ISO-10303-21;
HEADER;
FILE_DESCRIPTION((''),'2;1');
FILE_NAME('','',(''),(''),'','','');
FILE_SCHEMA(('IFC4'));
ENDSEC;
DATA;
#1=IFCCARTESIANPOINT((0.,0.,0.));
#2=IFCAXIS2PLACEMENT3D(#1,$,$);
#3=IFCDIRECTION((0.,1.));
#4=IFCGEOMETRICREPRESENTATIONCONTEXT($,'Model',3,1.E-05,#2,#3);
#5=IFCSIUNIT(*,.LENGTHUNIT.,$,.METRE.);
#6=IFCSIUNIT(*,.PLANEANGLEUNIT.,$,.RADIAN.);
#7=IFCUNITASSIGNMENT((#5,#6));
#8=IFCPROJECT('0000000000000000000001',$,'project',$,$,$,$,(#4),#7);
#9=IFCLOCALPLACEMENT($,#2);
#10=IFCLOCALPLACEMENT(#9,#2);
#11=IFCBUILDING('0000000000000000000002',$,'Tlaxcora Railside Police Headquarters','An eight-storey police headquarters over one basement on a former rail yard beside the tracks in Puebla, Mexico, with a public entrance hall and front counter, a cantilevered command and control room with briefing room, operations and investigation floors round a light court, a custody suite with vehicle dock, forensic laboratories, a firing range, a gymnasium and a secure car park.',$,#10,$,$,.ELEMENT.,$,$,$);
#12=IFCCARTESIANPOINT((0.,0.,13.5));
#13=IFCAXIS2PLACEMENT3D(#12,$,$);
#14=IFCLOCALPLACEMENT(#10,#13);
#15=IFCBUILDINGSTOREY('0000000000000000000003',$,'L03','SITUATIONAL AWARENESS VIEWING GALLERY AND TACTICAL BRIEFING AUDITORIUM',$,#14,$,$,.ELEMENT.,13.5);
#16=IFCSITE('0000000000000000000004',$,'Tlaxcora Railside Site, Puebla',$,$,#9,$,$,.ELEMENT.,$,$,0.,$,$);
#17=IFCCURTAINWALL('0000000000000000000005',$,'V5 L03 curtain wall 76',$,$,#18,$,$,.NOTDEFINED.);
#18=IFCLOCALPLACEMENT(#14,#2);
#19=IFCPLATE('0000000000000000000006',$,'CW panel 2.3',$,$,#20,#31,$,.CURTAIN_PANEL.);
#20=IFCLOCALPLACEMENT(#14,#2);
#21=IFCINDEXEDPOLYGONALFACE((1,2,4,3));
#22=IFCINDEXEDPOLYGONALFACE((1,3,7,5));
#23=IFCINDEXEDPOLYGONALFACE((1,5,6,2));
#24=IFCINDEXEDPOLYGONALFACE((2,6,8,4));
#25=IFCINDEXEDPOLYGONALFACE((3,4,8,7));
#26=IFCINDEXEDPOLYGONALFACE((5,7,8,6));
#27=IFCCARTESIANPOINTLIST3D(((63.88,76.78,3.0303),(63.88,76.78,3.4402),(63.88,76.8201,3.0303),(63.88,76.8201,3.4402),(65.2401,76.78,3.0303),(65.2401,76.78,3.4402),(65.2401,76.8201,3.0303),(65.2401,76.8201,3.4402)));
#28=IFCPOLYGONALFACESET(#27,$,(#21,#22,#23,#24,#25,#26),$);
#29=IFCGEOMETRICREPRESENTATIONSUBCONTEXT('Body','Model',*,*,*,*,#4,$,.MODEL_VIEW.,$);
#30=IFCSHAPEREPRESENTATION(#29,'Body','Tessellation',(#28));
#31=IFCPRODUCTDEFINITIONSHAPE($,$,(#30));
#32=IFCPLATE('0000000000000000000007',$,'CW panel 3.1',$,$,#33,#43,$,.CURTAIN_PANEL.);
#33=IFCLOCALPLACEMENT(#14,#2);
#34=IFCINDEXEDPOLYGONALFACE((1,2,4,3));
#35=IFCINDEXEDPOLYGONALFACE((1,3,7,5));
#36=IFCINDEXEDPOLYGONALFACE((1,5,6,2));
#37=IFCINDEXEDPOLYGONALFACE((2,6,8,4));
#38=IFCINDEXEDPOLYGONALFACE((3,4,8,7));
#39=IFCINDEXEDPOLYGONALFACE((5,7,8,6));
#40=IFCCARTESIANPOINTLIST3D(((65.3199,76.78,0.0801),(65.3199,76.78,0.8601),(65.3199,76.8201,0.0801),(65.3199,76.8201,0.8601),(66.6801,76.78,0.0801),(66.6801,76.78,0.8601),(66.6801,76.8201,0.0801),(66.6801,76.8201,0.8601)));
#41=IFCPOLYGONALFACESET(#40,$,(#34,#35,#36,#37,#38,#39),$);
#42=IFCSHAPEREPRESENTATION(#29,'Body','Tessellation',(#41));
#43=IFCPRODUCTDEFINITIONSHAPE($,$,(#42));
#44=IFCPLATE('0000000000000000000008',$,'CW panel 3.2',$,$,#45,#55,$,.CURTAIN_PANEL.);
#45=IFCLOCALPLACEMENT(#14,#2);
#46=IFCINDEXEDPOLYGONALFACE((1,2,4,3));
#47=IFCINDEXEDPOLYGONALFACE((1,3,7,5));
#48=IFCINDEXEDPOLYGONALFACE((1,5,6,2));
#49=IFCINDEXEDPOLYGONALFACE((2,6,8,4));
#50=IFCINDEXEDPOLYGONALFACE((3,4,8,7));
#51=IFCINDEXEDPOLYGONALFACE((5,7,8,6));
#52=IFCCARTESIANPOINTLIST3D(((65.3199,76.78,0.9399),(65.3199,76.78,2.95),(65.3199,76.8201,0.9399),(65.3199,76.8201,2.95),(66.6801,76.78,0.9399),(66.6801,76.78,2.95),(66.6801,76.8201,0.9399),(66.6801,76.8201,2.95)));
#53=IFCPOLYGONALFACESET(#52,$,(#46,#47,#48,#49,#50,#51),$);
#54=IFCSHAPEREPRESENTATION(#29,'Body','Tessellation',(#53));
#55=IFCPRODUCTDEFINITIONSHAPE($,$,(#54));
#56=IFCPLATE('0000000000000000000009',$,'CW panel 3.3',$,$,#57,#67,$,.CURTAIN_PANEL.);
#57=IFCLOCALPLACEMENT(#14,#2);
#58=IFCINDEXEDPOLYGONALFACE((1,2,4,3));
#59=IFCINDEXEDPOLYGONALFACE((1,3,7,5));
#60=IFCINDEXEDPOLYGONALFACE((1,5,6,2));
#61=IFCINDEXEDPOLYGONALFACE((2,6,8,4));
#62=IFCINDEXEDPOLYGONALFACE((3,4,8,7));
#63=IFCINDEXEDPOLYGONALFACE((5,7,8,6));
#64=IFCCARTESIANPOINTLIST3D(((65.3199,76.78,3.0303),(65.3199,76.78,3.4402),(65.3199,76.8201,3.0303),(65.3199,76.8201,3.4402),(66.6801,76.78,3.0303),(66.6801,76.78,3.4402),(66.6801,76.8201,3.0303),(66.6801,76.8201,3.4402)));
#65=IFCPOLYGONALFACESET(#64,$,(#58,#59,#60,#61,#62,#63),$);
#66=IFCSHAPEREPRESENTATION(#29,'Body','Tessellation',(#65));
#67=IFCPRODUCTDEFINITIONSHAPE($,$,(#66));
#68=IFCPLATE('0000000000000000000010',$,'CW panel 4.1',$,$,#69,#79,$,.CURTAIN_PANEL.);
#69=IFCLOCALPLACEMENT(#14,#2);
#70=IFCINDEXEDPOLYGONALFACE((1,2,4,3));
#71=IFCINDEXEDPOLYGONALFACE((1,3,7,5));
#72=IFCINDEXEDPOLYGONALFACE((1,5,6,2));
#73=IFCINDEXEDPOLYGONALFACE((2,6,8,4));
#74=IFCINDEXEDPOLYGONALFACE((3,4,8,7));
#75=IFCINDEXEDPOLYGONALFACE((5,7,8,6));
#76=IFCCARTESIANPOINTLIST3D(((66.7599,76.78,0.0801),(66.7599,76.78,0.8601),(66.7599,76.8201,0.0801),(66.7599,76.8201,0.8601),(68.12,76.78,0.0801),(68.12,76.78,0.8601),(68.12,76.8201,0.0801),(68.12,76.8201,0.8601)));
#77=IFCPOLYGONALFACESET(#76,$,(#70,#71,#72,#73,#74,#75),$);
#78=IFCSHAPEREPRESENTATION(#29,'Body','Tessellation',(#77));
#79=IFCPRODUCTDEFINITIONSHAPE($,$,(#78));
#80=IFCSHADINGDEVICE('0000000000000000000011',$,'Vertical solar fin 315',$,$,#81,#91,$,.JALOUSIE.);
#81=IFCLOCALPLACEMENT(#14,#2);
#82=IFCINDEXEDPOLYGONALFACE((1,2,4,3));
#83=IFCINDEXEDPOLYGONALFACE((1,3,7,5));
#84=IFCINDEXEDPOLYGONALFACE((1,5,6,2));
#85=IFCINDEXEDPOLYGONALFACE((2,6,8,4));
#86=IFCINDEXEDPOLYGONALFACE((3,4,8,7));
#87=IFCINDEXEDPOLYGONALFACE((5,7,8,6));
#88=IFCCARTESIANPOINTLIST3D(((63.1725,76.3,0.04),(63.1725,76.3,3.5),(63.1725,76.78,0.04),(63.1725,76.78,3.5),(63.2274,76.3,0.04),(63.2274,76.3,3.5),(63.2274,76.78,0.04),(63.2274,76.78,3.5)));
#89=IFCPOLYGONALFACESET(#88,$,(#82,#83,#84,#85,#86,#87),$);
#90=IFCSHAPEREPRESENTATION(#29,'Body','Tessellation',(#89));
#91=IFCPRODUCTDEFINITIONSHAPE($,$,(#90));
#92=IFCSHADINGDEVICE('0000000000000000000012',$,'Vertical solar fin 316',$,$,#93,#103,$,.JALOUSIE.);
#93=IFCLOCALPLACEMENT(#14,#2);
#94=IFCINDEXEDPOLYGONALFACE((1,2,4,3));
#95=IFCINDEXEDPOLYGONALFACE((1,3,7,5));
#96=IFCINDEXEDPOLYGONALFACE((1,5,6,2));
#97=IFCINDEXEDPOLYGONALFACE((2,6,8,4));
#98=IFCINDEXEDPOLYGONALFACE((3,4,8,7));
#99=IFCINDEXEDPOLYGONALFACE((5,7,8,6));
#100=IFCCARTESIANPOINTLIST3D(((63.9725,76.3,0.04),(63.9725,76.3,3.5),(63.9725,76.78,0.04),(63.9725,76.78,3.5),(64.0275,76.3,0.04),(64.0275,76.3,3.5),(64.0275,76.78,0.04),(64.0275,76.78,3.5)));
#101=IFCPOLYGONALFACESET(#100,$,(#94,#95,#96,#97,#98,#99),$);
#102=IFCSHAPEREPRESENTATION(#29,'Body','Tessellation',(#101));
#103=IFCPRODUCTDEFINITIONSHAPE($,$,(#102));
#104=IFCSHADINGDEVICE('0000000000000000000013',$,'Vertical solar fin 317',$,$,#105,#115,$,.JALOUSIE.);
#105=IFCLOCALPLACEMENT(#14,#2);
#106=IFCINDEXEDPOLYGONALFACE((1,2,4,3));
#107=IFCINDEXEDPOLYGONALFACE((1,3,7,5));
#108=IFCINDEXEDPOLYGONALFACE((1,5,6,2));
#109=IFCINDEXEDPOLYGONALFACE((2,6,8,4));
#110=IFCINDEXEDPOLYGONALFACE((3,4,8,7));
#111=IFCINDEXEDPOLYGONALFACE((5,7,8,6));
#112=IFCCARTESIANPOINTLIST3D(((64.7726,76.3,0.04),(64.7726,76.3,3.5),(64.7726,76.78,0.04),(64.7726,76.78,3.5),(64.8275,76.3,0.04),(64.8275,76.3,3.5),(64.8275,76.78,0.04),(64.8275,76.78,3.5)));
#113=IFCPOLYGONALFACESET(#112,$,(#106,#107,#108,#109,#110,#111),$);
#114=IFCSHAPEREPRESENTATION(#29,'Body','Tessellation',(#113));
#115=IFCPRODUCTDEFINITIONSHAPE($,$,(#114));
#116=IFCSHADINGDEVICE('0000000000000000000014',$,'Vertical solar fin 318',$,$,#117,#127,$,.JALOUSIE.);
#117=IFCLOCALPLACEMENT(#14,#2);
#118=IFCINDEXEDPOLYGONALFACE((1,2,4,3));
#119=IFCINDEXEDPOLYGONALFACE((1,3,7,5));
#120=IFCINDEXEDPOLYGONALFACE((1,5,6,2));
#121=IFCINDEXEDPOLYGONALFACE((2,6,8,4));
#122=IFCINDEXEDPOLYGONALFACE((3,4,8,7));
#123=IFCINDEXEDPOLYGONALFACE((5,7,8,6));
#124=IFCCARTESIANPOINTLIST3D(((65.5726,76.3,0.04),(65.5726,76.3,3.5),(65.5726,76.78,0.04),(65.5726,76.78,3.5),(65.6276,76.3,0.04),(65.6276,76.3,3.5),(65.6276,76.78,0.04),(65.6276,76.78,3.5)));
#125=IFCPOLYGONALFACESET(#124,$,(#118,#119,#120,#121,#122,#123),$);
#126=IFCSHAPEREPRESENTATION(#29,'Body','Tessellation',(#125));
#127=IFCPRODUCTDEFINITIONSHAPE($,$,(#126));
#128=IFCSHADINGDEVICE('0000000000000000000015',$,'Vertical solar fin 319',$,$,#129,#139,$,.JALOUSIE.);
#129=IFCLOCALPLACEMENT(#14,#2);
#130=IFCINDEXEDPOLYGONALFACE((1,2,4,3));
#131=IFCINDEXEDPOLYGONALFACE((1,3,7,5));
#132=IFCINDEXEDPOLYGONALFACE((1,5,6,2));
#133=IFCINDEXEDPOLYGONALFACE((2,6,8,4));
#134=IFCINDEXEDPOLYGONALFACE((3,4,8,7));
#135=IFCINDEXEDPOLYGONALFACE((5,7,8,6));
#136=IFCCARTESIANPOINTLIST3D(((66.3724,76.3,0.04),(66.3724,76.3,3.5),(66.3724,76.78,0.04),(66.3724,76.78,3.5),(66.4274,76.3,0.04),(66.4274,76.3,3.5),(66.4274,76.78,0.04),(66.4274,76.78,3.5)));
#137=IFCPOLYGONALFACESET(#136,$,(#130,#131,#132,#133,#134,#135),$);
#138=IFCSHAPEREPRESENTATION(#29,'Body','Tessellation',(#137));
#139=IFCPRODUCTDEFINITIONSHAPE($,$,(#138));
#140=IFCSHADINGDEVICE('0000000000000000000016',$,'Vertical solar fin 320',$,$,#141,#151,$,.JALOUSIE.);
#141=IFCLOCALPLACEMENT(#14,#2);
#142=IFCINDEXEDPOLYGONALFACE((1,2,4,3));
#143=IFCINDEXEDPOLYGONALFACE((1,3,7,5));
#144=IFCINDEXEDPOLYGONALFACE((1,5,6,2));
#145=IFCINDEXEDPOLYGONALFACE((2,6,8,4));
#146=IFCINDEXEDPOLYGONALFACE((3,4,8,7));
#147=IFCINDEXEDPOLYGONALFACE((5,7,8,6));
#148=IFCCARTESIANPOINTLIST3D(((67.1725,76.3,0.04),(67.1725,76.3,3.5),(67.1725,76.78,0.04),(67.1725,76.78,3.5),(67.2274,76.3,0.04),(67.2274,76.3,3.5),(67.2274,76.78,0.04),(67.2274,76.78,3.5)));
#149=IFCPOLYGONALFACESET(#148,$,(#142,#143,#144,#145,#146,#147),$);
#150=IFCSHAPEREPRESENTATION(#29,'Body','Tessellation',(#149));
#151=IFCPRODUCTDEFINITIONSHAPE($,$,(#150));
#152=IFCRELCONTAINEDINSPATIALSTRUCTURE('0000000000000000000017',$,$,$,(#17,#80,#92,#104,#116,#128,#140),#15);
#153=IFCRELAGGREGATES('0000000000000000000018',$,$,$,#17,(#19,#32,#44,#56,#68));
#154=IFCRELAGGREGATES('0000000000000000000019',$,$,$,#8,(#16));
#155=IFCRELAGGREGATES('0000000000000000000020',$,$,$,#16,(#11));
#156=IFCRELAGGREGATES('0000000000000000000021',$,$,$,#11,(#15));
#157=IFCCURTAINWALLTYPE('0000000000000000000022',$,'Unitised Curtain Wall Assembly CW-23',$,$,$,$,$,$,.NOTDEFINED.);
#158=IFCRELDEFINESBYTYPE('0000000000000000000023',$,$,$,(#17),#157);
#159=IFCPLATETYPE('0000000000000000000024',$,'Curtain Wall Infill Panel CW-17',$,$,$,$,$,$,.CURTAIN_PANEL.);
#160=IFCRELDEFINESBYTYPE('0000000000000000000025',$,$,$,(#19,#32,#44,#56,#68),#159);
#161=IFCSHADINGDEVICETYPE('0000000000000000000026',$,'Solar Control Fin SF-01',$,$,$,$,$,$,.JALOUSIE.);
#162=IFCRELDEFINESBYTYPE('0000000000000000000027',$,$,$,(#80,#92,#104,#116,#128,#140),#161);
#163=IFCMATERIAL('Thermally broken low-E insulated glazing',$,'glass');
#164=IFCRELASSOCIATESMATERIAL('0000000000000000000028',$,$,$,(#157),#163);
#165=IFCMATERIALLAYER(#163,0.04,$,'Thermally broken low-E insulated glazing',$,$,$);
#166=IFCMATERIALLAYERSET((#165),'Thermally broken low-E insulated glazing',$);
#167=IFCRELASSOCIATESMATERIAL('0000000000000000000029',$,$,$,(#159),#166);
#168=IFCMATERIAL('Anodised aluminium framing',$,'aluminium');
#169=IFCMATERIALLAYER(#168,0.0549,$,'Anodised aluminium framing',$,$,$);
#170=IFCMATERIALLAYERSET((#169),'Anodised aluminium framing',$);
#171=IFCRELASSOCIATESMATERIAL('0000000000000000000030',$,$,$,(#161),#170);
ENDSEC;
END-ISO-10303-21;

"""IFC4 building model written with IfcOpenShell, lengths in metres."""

from ifc_helpers import new_model, si_unit, direction, frame, origin, origin_2d, place, context, subcontext, project, spatial, rectangle, extrude, material, layer, layer_set, type_object, element, aggregate, save


model = new_model("IFC4")

# Units and contexts
model_context = context("Model", 3, precision=1e-05, world=origin(), true_north=direction((0.0, 1.0)))
body_context = subcontext(model_context, "Body", "Model", "MODEL_VIEW")
ifc_project = project(units=[si_unit("LENGTHUNIT", "METRE"), si_unit("PLANEANGLEUNIT", "RADIAN")], contexts=[model_context])

# Site, building, storey
site_placement = place(None, origin())
site = spatial("IfcSite", under=ifc_project, at=site_placement, Name="Tlaxcora Railside Site, Puebla", CompositionType="ELEMENT", RefElevation=0.0)
building_placement = place(site_placement, origin())
building = spatial("IfcBuilding", under=site, at=building_placement, Name="Tlaxcora Railside Police Headquarters", Description="An eight-storey police headquarters over one basement on a former rail yard beside the tracks in Puebla, Mexico, with a public entrance hall and front counter, a cantilevered command and control room with briefing room, operations and investigation floors round a light court, a custody suite with vehicle dock, forensic laboratories, a firing range, a gymnasium and a secure car park.", CompositionType="ELEMENT")
storey_placement = place(building_placement, frame((0.0, 0.0, 13.5)))
storey = spatial("IfcBuildingStorey", under=building, at=storey_placement, Name="L03", Description="SITUATIONAL AWARENESS VIEWING GALLERY AND TACTICAL BRIEFING AUDITORIUM", CompositionType="ELEMENT", Elevation=13.5)

# Curtain wall
ifc_material_1 = material(Name="Thermally broken low-E insulated glazing", Category="glass")
curtain_wall_type_1 = type_object("IfcCurtainWallType", Name="Unitised Curtain Wall Assembly CW-23", PredefinedType="NOTDEFINED", material=ifc_material_1)
curtain_wall_1_placement = place(storey_placement, origin())
curtain_wall_1 = element("IfcCurtainWall", 1, at=curtain_wall_1_placement, inside=storey, type_object=curtain_wall_type_1, Name="V5 L03 curtain wall 76", PredefinedType="NOTDEFINED")
ifc_material_2 = material(Name="Anodised aluminium framing", Category="aluminium")

# Plates
ifc_layer_1 = layer(ifc_material_1, 0.04, Name="Thermally broken low-E insulated glazing")
ifc_layer_set_1 = layer_set([ifc_layer_1], Name="Thermally broken low-E insulated glazing")
plate_type = type_object("IfcPlateType", Name="Curtain Wall Infill Panel CW-17", PredefinedType="CURTAIN_PANEL", material=ifc_layer_set_1)
plate_1_placement = place(storey_placement, frame((64.5601, 76.8, 3.0303), z_axis=(0.0, 0.0, 1.0), x_axis=(1.0, 0.0, 0.0)))
plate_1 = element("IfcPlate", 2, at=plate_1_placement, type_object=plate_type, Name="CW panel 2.3", PredefinedType="CURTAIN_PANEL", context=body_context, shape_type="SweptSolid", body=[
    extrude(rectangle(XDim=1.3601, YDim=0.04, at=origin_2d()), origin(), (0.0, 0.0, 1.0), 0.4099),
])
plate_2_placement = place(storey_placement, frame((66.0, 76.8, 0.0801), z_axis=(0.0, 0.0, 1.0), x_axis=(1.0, 0.0, 0.0)))
plate_2 = element("IfcPlate", 3, at=plate_2_placement, type_object=plate_type, Name="CW panel 3.1", PredefinedType="CURTAIN_PANEL", context=body_context, shape_type="SweptSolid", body=[
    extrude(rectangle(XDim=1.3601, YDim=0.04, at=origin_2d()), origin(), (0.0, 0.0, 1.0), 0.78),
])
plate_3_placement = place(storey_placement, frame((66.0, 76.8, 0.9399), z_axis=(0.0, 0.0, 1.0), x_axis=(1.0, 0.0, 0.0)))
plate_3 = element("IfcPlate", 4, at=plate_3_placement, type_object=plate_type, Name="CW panel 3.2", PredefinedType="CURTAIN_PANEL", context=body_context, shape_type="SweptSolid", body=[
    extrude(rectangle(XDim=1.3601, YDim=0.04, at=origin_2d()), origin(), (0.0, 0.0, 1.0), 2.01),
])
plate_4_placement = place(storey_placement, frame((66.0, 76.8, 3.0303), z_axis=(0.0, 0.0, 1.0), x_axis=(1.0, 0.0, 0.0)))
plate_4 = element("IfcPlate", 5, at=plate_4_placement, type_object=plate_type, Name="CW panel 3.3", PredefinedType="CURTAIN_PANEL", context=body_context, shape_type="SweptSolid", body=[
    extrude(rectangle(XDim=1.3601, YDim=0.04, at=origin_2d()), origin(), (0.0, 0.0, 1.0), 0.4099),
])
plate_5_placement = place(storey_placement, frame((67.4399, 76.8, 0.0801), z_axis=(0.0, 0.0, 1.0), x_axis=(1.0, 0.0, 0.0)))
plate_5 = element("IfcPlate", 6, at=plate_5_placement, type_object=plate_type, Name="CW panel 4.1", PredefinedType="CURTAIN_PANEL", context=body_context, shape_type="SweptSolid", body=[
    extrude(rectangle(XDim=1.3601, YDim=0.04, at=origin_2d()), origin(), (0.0, 0.0, 1.0), 0.78),
])
aggregate(curtain_wall_1, [plate_1, plate_2, plate_3, plate_4, plate_5])

# Shading devices
ifc_layer_2 = layer(ifc_material_2, 0.0549, Name="Anodised aluminium framing")
ifc_layer_set_2 = layer_set([ifc_layer_2], Name="Anodised aluminium framing")
shading_device_type = type_object("IfcShadingDeviceType", Name="Solar Control Fin SF-01", PredefinedType="JALOUSIE", material=ifc_layer_set_2)
for number, where, z_axis, x_axis, name in (
    (7, (63.2, 76.54, 0.04), (0.0, 0.0, 1.0), (0.0, -1.0, 0.0), "Vertical solar fin 315"),
    (8, (64.0, 76.54, 0.04), (0.0, 0.0, 1.0), (0.0, -1.0, 0.0), "Vertical solar fin 316"),
    (9, (64.8, 76.54, 0.04), (0.0, 0.0, 1.0), (0.0, -1.0, 0.0), "Vertical solar fin 317"),
    (10, (65.6001, 76.54, 0.04), (0.0, 0.0, 1.0), (0.0, -1.0, 0.0), "Vertical solar fin 318"),
    (11, (66.3999, 76.54, 0.04), (0.0, 0.0, 1.0), (0.0, -1.0, 0.0), "Vertical solar fin 319"),
    (12, (67.2, 76.54, 0.04), (0.0, 0.0, 1.0), (0.0, -1.0, 0.0), "Vertical solar fin 320"),
):
    element("IfcShadingDevice", number, at=place(storey_placement, frame(where, z_axis=z_axis, x_axis=x_axis)), inside=storey, type_object=shading_device_type, Name=name, PredefinedType="JALOUSIE", context=body_context, shape_type="SweptSolid", body=[
        extrude(rectangle(XDim=0.48, YDim=0.0549, at=origin_2d()), origin(), (0.0, 0.0, 1.0), 3.46),
    ])

save(model, "model.ifc")
